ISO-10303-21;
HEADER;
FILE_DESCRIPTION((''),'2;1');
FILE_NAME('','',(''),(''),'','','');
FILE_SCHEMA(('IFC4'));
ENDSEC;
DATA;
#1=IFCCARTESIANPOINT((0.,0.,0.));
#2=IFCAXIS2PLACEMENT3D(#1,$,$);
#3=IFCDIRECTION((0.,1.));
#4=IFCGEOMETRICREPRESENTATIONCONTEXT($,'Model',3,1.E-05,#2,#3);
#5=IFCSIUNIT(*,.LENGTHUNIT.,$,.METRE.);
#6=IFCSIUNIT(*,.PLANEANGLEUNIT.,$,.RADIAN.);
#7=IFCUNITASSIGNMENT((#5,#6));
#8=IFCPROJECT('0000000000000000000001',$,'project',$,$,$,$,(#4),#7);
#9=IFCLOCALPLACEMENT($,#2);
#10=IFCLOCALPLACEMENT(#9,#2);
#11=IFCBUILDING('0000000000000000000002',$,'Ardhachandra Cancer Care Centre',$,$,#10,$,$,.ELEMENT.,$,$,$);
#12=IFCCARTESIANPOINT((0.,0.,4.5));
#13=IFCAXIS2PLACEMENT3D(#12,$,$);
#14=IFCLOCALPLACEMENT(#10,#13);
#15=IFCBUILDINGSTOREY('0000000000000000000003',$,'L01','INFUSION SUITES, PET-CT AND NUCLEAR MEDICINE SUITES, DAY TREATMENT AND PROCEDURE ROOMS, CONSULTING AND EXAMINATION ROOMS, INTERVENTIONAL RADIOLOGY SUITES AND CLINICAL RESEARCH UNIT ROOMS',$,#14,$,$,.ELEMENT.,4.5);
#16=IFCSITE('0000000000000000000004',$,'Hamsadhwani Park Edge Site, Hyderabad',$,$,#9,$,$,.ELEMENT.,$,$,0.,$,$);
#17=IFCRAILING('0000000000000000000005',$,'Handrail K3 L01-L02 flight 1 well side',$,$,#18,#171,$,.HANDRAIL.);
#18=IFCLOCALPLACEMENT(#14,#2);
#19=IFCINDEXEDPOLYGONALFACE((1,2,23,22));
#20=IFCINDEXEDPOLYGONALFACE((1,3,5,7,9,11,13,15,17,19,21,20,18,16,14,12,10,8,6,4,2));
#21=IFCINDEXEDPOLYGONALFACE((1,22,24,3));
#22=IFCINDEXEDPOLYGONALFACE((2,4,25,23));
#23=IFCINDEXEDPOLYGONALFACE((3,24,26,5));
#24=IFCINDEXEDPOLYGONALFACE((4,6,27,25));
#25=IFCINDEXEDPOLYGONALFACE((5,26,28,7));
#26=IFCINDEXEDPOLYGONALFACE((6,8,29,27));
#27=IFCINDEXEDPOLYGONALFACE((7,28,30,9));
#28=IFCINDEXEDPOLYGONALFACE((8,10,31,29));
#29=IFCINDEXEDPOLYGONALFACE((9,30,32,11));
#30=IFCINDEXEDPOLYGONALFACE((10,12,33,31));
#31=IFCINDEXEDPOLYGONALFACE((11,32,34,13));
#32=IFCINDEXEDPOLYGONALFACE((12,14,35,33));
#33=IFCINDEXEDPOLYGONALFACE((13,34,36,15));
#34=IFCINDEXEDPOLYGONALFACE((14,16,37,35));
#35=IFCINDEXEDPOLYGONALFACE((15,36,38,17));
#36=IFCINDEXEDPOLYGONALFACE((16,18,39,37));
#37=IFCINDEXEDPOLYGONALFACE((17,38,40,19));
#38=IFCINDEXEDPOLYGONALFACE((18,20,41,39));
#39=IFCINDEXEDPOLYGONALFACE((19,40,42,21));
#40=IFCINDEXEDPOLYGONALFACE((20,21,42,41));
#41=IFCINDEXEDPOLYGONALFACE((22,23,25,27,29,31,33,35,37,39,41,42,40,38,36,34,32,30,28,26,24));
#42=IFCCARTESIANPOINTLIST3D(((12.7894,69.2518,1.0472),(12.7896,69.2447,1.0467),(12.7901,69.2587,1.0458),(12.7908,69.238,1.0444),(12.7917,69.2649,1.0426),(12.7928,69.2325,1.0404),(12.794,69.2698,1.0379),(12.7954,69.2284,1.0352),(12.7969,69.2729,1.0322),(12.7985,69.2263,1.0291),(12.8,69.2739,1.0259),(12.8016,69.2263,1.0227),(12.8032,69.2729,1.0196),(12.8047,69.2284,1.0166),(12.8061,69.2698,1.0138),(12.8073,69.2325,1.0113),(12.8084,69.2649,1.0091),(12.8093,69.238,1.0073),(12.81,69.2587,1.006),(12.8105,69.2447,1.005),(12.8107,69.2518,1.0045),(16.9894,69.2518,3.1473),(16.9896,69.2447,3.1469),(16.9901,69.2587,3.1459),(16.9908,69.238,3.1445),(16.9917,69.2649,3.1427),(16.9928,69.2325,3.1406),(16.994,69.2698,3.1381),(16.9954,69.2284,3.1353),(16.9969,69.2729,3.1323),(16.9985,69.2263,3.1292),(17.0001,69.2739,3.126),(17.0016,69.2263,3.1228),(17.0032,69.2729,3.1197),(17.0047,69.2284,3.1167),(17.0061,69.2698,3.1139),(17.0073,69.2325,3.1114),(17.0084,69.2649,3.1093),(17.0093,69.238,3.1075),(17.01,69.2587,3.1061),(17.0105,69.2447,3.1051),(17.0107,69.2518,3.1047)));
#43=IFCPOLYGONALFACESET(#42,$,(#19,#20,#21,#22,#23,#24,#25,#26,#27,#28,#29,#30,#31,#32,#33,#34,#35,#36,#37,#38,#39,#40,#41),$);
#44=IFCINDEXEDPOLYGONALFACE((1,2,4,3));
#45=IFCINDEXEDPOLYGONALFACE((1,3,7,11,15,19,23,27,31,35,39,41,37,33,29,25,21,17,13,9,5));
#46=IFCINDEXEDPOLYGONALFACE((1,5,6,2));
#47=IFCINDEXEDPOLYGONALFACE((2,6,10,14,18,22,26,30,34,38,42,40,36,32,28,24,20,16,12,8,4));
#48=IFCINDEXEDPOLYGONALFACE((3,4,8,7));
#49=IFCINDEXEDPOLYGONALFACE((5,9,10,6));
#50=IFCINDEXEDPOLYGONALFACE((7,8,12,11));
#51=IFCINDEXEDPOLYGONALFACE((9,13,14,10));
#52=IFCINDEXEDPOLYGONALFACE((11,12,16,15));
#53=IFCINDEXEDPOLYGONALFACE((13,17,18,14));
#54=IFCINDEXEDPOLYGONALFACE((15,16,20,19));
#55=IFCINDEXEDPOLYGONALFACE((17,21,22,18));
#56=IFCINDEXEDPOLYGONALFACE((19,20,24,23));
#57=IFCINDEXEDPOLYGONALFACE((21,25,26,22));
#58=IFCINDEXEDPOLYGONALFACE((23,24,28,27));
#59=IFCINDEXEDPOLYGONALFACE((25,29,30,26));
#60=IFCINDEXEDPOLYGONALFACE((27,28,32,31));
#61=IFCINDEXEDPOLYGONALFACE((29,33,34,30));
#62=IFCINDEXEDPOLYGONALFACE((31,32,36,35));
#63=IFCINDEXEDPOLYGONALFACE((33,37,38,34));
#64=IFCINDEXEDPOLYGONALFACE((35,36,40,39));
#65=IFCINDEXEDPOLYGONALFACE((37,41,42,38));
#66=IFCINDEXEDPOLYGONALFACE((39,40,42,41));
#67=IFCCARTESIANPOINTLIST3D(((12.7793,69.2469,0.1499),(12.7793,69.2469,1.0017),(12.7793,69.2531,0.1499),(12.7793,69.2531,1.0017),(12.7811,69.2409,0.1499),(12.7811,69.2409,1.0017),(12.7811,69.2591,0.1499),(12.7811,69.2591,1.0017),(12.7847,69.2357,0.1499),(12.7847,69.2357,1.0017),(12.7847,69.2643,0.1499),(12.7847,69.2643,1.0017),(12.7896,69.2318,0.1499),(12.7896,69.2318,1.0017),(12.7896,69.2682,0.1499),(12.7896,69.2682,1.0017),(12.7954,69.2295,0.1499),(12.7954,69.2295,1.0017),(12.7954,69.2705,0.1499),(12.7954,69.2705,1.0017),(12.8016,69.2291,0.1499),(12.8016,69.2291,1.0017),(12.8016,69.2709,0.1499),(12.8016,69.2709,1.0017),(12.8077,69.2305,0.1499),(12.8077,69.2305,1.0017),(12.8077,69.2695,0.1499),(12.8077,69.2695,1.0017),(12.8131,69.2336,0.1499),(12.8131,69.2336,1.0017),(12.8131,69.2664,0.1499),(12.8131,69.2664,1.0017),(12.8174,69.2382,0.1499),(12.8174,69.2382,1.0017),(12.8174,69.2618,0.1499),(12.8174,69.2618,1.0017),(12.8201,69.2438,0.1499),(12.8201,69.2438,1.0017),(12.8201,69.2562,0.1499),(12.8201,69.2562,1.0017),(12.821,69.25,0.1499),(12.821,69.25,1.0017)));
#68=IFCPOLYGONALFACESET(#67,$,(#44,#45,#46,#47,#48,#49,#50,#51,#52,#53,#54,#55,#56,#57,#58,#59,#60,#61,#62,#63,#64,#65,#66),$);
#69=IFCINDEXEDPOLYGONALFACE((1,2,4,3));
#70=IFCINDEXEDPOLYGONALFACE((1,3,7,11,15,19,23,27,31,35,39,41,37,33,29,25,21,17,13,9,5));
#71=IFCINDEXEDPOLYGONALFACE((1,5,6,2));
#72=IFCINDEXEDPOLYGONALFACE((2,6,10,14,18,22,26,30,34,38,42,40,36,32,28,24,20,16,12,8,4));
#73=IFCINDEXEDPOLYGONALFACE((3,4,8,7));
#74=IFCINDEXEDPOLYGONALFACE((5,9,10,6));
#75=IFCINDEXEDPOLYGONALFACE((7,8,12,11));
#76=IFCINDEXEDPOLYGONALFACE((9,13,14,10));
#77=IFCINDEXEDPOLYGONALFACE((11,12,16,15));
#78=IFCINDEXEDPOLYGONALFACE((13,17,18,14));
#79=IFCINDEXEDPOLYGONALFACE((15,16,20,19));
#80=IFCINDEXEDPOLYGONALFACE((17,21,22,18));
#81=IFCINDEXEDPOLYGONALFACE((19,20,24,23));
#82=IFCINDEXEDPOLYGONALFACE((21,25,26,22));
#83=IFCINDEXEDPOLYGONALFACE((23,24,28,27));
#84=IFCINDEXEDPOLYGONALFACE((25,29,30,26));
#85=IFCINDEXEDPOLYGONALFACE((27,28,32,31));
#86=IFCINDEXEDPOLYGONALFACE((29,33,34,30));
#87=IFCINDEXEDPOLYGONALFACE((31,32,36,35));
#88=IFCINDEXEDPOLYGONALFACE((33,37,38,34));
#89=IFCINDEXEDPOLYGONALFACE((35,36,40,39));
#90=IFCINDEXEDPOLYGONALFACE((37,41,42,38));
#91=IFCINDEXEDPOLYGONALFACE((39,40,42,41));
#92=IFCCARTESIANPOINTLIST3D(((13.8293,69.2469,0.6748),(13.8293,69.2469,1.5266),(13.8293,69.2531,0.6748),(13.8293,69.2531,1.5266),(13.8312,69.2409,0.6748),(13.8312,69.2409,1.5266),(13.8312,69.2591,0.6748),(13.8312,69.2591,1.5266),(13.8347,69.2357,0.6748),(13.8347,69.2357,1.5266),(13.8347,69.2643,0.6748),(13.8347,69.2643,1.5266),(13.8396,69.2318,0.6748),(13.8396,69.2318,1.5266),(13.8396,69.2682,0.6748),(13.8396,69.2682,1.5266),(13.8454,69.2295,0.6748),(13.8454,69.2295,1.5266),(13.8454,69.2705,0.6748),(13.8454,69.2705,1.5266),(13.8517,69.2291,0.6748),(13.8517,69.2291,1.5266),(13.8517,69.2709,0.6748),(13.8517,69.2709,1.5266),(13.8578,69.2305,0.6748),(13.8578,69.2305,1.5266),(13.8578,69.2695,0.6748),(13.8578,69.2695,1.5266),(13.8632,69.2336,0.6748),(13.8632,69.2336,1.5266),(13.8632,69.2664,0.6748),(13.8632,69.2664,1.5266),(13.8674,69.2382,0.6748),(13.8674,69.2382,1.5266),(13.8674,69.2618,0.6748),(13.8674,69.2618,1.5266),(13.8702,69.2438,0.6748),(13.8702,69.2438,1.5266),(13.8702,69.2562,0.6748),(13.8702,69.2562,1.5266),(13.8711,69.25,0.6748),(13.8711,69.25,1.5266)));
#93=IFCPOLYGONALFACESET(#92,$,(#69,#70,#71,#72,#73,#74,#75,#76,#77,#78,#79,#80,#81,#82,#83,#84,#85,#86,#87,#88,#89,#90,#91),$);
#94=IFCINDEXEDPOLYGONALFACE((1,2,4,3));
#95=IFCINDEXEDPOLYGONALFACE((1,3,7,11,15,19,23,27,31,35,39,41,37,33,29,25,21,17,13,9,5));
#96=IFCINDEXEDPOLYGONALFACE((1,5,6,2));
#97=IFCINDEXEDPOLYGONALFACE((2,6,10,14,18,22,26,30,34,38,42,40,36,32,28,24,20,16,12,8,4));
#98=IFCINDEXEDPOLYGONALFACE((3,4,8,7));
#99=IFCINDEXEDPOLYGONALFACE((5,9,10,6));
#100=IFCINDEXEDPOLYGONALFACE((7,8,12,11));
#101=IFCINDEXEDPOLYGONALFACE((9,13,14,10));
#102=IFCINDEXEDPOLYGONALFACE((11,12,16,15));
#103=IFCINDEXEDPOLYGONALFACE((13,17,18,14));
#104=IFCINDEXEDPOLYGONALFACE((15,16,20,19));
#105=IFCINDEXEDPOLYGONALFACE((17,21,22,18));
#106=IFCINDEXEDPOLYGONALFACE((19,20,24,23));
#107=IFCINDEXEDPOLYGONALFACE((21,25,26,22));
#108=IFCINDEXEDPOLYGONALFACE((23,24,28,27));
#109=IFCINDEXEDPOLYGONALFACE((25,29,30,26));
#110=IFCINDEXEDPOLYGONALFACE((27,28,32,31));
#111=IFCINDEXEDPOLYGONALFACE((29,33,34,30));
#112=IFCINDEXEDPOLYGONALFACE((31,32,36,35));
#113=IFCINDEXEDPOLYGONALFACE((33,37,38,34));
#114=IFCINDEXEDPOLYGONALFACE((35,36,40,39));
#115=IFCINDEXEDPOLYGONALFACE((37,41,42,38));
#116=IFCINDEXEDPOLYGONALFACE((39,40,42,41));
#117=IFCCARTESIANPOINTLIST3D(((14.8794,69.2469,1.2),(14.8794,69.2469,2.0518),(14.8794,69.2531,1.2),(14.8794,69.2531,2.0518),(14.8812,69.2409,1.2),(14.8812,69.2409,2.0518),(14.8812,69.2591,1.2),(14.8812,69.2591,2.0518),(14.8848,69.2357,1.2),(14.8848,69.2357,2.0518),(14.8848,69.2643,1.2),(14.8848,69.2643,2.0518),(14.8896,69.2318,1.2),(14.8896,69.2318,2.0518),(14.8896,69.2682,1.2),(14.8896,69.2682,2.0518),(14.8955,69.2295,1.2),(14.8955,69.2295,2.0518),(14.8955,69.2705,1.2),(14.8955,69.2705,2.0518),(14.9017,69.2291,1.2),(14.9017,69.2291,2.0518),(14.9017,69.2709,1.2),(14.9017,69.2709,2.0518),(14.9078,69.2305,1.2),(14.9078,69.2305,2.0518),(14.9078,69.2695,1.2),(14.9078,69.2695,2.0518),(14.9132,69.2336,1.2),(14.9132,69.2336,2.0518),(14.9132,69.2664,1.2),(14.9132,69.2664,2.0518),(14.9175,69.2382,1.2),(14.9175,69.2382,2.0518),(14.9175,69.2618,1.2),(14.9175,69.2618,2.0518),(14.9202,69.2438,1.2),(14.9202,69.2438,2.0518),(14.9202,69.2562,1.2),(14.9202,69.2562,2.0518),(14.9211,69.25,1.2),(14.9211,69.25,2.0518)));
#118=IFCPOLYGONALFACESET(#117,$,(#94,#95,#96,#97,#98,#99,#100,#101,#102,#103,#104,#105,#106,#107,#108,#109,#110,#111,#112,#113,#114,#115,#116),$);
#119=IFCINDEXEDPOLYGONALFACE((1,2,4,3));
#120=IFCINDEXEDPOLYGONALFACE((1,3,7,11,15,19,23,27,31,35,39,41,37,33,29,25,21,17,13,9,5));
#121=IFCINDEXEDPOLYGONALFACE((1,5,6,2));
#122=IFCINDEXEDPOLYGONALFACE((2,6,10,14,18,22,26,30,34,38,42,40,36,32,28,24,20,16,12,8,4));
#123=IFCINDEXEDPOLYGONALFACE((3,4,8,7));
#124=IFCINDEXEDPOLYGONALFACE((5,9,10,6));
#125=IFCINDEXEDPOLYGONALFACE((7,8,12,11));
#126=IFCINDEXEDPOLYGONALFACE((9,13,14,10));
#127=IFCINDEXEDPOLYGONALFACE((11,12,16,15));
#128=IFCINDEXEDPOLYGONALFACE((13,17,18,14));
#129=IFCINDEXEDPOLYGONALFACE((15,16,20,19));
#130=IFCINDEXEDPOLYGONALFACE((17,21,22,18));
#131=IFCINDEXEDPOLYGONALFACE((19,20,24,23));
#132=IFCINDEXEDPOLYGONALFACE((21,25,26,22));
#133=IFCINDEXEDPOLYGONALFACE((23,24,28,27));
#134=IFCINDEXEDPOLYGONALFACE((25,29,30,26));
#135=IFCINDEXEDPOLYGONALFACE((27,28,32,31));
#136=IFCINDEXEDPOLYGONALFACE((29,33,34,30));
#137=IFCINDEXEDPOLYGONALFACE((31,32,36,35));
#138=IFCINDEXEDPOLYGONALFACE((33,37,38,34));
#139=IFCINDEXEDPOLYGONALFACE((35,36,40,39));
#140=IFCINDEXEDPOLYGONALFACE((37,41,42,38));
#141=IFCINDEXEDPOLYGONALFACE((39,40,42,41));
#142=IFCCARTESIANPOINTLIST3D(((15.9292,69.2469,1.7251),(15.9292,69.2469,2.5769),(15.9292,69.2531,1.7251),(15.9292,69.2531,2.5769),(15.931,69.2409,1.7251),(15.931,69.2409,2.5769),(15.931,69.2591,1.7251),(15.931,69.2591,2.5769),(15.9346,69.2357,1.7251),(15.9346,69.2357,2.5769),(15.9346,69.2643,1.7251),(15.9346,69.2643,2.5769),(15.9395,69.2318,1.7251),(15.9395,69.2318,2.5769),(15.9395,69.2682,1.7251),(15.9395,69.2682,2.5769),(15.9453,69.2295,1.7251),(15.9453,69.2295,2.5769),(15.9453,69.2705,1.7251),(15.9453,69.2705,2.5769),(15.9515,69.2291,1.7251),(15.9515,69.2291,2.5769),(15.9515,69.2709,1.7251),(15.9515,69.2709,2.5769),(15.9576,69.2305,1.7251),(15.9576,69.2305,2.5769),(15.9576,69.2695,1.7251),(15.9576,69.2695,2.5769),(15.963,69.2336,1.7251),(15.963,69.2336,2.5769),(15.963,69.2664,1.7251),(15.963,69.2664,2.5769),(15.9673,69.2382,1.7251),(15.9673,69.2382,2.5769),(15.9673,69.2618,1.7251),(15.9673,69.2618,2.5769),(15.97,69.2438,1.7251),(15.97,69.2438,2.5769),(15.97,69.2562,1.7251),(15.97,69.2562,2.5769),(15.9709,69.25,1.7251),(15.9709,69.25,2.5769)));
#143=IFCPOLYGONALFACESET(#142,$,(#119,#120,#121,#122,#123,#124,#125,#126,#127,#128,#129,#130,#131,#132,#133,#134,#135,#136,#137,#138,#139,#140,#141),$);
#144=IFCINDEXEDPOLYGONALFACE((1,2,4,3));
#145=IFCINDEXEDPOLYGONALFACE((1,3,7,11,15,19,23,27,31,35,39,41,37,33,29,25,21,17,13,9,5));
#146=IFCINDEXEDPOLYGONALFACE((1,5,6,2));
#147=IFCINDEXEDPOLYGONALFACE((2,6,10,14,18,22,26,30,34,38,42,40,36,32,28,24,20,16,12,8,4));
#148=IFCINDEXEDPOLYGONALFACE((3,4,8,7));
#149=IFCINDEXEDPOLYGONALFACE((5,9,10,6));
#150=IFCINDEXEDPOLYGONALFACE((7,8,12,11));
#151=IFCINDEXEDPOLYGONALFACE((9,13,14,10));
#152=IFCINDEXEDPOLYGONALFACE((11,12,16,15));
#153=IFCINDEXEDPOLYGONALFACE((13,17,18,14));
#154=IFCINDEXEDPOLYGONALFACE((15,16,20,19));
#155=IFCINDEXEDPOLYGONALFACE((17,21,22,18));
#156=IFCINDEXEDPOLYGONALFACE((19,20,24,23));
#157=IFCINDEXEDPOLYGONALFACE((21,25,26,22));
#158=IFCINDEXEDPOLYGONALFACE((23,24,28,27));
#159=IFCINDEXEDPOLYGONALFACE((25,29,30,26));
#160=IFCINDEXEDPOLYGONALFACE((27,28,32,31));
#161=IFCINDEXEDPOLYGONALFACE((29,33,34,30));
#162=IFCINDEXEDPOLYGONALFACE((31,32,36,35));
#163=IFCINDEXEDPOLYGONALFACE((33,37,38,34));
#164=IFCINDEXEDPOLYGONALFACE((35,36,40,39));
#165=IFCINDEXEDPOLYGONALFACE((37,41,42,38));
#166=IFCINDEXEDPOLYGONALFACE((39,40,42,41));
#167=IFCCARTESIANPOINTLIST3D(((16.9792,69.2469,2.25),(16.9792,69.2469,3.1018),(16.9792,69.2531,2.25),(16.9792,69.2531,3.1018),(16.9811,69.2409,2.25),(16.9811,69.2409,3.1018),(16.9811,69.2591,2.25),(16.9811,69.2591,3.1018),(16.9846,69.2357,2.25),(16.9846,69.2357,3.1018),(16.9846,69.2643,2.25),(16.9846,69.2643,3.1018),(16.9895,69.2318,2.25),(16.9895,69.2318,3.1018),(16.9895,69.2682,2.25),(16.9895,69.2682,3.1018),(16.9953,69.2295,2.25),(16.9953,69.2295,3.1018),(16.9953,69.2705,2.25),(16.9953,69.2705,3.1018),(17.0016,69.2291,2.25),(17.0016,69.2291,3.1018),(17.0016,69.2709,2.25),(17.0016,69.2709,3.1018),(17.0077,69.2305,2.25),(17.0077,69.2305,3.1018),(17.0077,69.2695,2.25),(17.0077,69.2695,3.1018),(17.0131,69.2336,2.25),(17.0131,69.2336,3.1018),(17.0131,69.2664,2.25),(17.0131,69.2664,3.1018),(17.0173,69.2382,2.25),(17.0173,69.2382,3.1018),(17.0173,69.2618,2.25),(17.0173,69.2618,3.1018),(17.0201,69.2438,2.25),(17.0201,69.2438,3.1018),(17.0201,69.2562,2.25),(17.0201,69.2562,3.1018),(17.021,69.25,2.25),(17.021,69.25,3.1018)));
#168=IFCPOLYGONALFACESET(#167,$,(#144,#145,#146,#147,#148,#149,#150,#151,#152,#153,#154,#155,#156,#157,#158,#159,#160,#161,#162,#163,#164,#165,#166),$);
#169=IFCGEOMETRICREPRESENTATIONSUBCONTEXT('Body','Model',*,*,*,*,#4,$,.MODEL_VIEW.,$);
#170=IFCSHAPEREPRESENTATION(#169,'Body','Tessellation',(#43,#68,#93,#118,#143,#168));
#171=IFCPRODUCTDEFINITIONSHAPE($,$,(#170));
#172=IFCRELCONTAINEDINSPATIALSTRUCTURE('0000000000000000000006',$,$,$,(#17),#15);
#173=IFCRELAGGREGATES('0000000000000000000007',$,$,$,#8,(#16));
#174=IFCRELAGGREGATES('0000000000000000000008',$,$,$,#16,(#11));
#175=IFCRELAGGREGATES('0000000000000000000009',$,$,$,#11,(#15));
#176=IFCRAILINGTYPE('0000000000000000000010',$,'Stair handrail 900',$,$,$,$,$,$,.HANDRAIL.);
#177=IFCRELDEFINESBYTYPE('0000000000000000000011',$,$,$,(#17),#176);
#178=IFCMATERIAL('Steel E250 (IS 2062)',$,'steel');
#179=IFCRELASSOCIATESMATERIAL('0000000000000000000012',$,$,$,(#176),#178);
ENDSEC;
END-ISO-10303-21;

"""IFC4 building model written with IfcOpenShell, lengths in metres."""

from ifc_helpers import new_model, si_unit, direction, frame, origin, origin_2d, place, context, subcontext, project, spatial, circle, extrude, material, type_object, element, save


model = new_model("IFC4")

# Units and contexts
model_context = context("Model", 3, precision=1e-05, world=origin(), true_north=direction((0.0, 1.0)))
body_context = subcontext(model_context, "Body", "Model", "MODEL_VIEW")
ifc_project = project(units=[si_unit("LENGTHUNIT", "METRE"), si_unit("PLANEANGLEUNIT", "RADIAN")], contexts=[model_context])

# Site, building, storey
site_placement = place(None, origin())
site = spatial("IfcSite", under=ifc_project, at=site_placement, Name="Hamsadhwani Park Edge Site, Hyderabad", CompositionType="ELEMENT", RefElevation=0.0)
building_placement = place(site_placement, origin())
building = spatial("IfcBuilding", under=site, at=building_placement, Name="Ardhachandra Cancer Care Centre", CompositionType="ELEMENT")
storey_placement = place(building_placement, frame((0.0, 0.0, 4.5)))
storey = spatial("IfcBuildingStorey", under=building, at=storey_placement, Name="L01", Description="INFUSION SUITES, PET-CT AND NUCLEAR MEDICINE SUITES, DAY TREATMENT AND PROCEDURE ROOMS, CONSULTING AND EXAMINATION ROOMS, INTERVENTIONAL RADIOLOGY SUITES AND CLINICAL RESEARCH UNIT ROOMS", CompositionType="ELEMENT", Elevation=4.5)

# Railing
ifc_material_1 = material(Name="Steel E250 (IS 2062)", Category="steel")
railing_type_1 = type_object("IfcRailingType", Name="Stair handrail 900", PredefinedType="HANDRAIL", material=ifc_material_1)
for number, where, name in (
    (1, (12.8, 69.25, 0.1499), "Handrail K3 L01-L02 flight 1 well side"),
):
    element("IfcRailing", number, at=place(storey_placement, frame(where)), inside=storey, type_object=railing_type_1, Name=name, PredefinedType="HANDRAIL", context=body_context, shape_type="SweptSolid", body=[
        extrude(circle(Radius=0.0239, at=origin_2d()), frame((0.0, 0.0, 0.876), z_axis=(0.894417, 0.0, 0.447234), x_axis=(0.0, 1.0, 0.0)), (0.0, 0.0, 1.0), 4.6958),
        extrude(circle(Radius=0.021, at=origin_2d()), origin(), (0.0, 0.0, 1.0), 0.8518),
        extrude(circle(Radius=0.021, at=origin_2d()), frame((1.05, 0.0, 0.5249)), (0.0, 0.0, 1.0), 0.8518),
        extrude(circle(Radius=0.021, at=origin_2d()), frame((2.1001, 0.0, 1.05)), (0.0, 0.0, 1.0), 0.8518),
        extrude(circle(Radius=0.021, at=origin_2d()), frame((3.1499, 0.0, 1.5752)), (0.0, 0.0, 1.0), 0.8518),
        extrude(circle(Radius=0.021, at=origin_2d()), frame((4.2, 0.0, 2.1001)), (0.0, 0.0, 1.0), 0.8518),
    ])

save(model, "model.ifc")
